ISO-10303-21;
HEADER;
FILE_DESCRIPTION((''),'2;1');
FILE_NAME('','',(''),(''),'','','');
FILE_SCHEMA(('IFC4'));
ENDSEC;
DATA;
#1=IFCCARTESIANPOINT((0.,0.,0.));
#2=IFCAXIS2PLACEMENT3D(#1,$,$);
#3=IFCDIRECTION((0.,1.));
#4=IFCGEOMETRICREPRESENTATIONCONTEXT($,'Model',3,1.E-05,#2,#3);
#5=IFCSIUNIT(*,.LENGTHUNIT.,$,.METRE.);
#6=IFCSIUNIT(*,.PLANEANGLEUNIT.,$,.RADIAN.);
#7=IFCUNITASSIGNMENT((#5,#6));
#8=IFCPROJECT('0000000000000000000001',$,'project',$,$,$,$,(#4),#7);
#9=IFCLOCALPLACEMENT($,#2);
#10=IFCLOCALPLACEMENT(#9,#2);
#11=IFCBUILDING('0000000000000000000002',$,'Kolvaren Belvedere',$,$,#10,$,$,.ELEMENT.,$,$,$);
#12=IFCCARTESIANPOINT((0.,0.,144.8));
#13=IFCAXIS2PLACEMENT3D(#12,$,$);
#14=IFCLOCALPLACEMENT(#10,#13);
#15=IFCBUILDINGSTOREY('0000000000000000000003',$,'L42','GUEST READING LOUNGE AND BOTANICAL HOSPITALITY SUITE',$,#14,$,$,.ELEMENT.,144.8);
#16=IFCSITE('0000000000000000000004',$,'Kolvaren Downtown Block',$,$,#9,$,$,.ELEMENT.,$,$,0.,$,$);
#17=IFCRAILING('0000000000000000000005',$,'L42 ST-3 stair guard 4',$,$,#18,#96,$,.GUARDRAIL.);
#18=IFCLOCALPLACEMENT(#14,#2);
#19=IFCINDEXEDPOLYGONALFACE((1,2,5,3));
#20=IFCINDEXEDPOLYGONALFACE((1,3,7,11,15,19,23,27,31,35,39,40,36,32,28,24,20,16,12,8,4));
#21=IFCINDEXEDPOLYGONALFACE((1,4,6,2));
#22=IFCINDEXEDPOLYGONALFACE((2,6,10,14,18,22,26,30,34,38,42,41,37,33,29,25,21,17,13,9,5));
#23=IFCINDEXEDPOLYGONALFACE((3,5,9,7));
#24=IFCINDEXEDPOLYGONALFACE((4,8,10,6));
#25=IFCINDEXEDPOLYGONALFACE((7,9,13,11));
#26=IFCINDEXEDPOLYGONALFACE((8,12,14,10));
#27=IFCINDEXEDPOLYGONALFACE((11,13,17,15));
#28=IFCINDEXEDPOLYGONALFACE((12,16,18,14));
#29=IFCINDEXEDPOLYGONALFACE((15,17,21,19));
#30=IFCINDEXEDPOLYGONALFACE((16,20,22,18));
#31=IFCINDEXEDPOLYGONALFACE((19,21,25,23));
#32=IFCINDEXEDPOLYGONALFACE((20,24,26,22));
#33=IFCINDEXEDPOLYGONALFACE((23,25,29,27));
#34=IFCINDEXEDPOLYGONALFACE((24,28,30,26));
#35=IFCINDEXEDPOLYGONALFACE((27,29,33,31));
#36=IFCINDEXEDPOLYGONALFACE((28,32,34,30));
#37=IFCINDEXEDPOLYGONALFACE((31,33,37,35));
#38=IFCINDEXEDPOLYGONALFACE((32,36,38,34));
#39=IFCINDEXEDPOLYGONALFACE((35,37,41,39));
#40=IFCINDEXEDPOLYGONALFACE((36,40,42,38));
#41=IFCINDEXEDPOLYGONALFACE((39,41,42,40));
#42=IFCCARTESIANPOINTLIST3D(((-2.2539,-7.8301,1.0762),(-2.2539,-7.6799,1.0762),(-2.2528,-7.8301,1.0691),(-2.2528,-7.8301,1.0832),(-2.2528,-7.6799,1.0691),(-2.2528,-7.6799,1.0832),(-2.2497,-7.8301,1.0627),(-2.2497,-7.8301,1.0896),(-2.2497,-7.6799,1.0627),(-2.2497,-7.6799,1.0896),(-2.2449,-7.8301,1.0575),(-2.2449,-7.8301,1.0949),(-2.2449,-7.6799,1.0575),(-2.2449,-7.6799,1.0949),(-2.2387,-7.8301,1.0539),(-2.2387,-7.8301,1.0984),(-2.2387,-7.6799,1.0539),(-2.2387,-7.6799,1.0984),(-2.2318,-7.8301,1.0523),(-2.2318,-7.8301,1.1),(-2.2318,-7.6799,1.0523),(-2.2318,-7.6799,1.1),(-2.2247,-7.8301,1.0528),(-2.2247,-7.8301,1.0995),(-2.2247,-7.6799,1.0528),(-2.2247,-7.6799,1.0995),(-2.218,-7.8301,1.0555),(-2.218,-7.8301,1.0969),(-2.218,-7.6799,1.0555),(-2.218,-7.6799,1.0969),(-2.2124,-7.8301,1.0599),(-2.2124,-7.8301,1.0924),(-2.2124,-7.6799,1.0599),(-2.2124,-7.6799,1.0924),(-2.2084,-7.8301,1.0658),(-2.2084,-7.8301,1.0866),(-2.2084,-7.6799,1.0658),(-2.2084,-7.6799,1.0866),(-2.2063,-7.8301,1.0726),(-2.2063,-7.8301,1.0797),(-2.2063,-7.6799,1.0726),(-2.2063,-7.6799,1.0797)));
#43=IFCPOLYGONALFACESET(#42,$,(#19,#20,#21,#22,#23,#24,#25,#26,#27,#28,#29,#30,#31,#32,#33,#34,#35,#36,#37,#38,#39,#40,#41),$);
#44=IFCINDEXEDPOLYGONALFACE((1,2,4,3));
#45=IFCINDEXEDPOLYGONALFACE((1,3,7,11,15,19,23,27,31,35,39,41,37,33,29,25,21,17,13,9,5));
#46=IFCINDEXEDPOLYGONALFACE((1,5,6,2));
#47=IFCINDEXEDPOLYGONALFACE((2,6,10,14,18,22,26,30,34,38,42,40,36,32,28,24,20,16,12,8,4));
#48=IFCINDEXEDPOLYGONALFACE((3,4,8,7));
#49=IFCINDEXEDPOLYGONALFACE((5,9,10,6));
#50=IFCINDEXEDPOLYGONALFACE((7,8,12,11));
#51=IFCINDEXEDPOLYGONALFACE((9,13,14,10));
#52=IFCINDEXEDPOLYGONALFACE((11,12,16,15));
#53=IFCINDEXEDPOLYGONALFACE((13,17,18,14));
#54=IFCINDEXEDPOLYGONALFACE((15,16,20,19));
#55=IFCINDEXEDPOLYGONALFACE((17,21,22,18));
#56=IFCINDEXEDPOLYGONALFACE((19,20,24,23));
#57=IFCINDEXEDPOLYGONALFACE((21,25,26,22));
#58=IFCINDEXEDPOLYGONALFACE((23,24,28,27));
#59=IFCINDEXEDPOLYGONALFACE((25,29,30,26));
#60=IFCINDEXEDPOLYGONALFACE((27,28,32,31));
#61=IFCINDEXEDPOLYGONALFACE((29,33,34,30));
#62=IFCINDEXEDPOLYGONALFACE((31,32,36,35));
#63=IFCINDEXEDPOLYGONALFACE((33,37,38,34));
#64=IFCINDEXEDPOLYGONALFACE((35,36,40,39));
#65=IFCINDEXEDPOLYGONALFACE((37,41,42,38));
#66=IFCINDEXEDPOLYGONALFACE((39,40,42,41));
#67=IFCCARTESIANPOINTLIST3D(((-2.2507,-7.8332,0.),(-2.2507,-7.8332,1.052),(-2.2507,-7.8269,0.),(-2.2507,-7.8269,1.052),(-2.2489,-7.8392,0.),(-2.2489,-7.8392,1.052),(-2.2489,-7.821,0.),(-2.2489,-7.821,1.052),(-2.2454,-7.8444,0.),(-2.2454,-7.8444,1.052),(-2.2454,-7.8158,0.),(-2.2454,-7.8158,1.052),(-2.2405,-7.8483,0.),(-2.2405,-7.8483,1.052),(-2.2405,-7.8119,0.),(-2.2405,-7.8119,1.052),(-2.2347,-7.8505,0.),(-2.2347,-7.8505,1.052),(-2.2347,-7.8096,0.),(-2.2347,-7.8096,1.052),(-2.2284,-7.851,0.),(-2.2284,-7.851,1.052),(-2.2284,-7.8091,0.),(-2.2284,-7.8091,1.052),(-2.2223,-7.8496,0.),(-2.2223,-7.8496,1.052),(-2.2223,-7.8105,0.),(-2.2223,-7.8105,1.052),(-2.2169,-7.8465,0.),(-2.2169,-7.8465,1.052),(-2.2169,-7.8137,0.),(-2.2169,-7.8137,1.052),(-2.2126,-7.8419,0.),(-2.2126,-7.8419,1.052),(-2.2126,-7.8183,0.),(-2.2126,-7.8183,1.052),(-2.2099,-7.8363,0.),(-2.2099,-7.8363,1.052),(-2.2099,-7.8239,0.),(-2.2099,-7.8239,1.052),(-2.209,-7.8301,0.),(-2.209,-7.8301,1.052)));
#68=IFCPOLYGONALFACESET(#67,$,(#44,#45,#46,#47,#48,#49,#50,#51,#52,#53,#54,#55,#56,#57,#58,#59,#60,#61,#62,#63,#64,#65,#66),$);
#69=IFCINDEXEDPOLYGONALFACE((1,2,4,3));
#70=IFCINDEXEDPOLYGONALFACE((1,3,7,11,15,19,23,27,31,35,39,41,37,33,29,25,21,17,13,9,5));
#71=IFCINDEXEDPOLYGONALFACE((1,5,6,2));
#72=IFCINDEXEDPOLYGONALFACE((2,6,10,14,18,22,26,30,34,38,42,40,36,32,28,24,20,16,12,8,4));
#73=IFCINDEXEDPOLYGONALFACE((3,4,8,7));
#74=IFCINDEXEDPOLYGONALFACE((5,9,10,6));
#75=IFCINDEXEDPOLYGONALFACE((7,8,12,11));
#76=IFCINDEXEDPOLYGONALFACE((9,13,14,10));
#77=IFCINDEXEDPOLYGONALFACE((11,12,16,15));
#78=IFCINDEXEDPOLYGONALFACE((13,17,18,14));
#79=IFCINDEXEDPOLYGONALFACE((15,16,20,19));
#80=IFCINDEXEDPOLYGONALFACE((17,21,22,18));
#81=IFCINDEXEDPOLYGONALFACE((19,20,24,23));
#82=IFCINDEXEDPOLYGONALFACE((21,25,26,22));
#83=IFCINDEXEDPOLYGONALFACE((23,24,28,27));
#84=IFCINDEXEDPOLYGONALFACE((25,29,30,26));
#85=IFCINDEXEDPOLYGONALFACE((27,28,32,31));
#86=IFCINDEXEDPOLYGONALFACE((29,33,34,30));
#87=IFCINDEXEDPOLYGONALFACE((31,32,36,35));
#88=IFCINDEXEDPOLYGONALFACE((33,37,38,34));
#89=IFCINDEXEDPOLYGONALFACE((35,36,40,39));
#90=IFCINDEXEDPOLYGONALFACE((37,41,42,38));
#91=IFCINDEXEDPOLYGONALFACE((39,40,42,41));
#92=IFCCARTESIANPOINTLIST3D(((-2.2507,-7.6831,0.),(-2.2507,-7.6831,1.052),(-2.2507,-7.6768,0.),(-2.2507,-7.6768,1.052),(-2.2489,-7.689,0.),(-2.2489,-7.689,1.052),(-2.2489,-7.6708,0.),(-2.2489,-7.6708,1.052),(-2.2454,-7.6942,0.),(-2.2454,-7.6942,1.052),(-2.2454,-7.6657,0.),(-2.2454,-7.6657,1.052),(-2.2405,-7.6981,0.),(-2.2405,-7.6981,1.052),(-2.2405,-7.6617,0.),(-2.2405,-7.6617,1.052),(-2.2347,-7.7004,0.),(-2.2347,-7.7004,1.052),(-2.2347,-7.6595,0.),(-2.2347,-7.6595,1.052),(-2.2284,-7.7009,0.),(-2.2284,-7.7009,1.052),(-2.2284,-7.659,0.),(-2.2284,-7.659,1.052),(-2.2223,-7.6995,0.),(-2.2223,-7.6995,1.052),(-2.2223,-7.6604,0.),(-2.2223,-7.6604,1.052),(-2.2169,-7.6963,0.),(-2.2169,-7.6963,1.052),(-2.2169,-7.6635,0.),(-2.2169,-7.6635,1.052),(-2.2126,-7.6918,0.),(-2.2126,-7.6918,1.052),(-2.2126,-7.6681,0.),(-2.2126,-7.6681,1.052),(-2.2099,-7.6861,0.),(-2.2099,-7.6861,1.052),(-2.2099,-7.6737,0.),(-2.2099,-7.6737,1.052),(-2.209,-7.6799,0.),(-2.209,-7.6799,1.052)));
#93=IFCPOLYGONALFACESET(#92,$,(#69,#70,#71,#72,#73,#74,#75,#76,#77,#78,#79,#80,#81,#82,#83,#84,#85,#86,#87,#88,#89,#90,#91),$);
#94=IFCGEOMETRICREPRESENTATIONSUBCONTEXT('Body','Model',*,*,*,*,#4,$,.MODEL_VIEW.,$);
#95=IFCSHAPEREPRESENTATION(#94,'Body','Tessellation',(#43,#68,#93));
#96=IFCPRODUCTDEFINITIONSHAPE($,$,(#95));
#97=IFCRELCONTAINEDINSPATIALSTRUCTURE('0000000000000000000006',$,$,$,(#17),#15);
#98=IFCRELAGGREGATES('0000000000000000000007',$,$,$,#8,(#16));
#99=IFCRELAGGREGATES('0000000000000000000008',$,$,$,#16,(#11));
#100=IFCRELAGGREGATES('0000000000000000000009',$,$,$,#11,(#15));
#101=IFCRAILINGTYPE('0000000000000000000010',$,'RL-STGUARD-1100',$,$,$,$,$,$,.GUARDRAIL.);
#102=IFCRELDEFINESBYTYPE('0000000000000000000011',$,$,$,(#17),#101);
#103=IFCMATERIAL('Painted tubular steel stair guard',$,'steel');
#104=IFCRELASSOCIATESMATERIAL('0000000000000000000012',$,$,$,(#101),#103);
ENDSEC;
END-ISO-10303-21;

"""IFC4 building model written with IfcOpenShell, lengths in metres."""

from ifc_helpers import new_model, si_unit, direction, frame, origin, origin_2d, place, context, subcontext, project, spatial, circle, extrude, material, type_object, element, save


model = new_model("IFC4")

# Units and contexts
model_context = context("Model", 3, precision=1e-05, world=origin(), true_north=direction((0.0, 1.0)))
body_context = subcontext(model_context, "Body", "Model", "MODEL_VIEW")
ifc_project = project(units=[si_unit("LENGTHUNIT", "METRE"), si_unit("PLANEANGLEUNIT", "RADIAN")], contexts=[model_context])

# Site, building, storey
site_placement = place(None, origin())
site = spatial("IfcSite", under=ifc_project, at=site_placement, Name="Kolvaren Downtown Block", CompositionType="ELEMENT", RefElevation=0.0)
building_placement = place(site_placement, origin())
building = spatial("IfcBuilding", under=site, at=building_placement, Name="Kolvaren Belvedere", CompositionType="ELEMENT")
storey_placement = place(building_placement, frame((0.0, 0.0, 144.8)))
storey = spatial("IfcBuildingStorey", under=building, at=storey_placement, Name="L42", Description="GUEST READING LOUNGE AND BOTANICAL HOSPITALITY SUITE", CompositionType="ELEMENT", Elevation=144.8)

# Railing
ifc_material_1 = material(Name="Painted tubular steel stair guard", Category="steel")
railing_type_1 = type_object("IfcRailingType", Name="RL-STGUARD-1100", PredefinedType="GUARDRAIL", material=ifc_material_1)
railing_1_placement = place(storey_placement, frame((-2.23, -7.8301, 0.0)))
element("IfcRailing", 1, at=railing_1_placement, inside=storey, type_object=railing_type_1, Name="L42 ST-3 stair guard 4", PredefinedType="GUARDRAIL", context=body_context, shape_type="SweptSolid", body=[
    extrude(circle(Radius=0.0239, at=origin_2d()), frame((0.0, 0.0, 1.0762), z_axis=(0.0, 1.0, 0.0), x_axis=(-1.0, 0.0, 0.0)), (0.0, 0.0, 1.0), 0.1501),
    extrude(circle(Radius=0.021, at=origin_2d()), origin(), (0.0, 0.0, 1.0), 1.052),
    extrude(circle(Radius=0.021, at=origin_2d()), frame((0.0, 0.1501, 0.0)), (0.0, 0.0, 1.0), 1.052),
])

save(model, "model.ifc")
